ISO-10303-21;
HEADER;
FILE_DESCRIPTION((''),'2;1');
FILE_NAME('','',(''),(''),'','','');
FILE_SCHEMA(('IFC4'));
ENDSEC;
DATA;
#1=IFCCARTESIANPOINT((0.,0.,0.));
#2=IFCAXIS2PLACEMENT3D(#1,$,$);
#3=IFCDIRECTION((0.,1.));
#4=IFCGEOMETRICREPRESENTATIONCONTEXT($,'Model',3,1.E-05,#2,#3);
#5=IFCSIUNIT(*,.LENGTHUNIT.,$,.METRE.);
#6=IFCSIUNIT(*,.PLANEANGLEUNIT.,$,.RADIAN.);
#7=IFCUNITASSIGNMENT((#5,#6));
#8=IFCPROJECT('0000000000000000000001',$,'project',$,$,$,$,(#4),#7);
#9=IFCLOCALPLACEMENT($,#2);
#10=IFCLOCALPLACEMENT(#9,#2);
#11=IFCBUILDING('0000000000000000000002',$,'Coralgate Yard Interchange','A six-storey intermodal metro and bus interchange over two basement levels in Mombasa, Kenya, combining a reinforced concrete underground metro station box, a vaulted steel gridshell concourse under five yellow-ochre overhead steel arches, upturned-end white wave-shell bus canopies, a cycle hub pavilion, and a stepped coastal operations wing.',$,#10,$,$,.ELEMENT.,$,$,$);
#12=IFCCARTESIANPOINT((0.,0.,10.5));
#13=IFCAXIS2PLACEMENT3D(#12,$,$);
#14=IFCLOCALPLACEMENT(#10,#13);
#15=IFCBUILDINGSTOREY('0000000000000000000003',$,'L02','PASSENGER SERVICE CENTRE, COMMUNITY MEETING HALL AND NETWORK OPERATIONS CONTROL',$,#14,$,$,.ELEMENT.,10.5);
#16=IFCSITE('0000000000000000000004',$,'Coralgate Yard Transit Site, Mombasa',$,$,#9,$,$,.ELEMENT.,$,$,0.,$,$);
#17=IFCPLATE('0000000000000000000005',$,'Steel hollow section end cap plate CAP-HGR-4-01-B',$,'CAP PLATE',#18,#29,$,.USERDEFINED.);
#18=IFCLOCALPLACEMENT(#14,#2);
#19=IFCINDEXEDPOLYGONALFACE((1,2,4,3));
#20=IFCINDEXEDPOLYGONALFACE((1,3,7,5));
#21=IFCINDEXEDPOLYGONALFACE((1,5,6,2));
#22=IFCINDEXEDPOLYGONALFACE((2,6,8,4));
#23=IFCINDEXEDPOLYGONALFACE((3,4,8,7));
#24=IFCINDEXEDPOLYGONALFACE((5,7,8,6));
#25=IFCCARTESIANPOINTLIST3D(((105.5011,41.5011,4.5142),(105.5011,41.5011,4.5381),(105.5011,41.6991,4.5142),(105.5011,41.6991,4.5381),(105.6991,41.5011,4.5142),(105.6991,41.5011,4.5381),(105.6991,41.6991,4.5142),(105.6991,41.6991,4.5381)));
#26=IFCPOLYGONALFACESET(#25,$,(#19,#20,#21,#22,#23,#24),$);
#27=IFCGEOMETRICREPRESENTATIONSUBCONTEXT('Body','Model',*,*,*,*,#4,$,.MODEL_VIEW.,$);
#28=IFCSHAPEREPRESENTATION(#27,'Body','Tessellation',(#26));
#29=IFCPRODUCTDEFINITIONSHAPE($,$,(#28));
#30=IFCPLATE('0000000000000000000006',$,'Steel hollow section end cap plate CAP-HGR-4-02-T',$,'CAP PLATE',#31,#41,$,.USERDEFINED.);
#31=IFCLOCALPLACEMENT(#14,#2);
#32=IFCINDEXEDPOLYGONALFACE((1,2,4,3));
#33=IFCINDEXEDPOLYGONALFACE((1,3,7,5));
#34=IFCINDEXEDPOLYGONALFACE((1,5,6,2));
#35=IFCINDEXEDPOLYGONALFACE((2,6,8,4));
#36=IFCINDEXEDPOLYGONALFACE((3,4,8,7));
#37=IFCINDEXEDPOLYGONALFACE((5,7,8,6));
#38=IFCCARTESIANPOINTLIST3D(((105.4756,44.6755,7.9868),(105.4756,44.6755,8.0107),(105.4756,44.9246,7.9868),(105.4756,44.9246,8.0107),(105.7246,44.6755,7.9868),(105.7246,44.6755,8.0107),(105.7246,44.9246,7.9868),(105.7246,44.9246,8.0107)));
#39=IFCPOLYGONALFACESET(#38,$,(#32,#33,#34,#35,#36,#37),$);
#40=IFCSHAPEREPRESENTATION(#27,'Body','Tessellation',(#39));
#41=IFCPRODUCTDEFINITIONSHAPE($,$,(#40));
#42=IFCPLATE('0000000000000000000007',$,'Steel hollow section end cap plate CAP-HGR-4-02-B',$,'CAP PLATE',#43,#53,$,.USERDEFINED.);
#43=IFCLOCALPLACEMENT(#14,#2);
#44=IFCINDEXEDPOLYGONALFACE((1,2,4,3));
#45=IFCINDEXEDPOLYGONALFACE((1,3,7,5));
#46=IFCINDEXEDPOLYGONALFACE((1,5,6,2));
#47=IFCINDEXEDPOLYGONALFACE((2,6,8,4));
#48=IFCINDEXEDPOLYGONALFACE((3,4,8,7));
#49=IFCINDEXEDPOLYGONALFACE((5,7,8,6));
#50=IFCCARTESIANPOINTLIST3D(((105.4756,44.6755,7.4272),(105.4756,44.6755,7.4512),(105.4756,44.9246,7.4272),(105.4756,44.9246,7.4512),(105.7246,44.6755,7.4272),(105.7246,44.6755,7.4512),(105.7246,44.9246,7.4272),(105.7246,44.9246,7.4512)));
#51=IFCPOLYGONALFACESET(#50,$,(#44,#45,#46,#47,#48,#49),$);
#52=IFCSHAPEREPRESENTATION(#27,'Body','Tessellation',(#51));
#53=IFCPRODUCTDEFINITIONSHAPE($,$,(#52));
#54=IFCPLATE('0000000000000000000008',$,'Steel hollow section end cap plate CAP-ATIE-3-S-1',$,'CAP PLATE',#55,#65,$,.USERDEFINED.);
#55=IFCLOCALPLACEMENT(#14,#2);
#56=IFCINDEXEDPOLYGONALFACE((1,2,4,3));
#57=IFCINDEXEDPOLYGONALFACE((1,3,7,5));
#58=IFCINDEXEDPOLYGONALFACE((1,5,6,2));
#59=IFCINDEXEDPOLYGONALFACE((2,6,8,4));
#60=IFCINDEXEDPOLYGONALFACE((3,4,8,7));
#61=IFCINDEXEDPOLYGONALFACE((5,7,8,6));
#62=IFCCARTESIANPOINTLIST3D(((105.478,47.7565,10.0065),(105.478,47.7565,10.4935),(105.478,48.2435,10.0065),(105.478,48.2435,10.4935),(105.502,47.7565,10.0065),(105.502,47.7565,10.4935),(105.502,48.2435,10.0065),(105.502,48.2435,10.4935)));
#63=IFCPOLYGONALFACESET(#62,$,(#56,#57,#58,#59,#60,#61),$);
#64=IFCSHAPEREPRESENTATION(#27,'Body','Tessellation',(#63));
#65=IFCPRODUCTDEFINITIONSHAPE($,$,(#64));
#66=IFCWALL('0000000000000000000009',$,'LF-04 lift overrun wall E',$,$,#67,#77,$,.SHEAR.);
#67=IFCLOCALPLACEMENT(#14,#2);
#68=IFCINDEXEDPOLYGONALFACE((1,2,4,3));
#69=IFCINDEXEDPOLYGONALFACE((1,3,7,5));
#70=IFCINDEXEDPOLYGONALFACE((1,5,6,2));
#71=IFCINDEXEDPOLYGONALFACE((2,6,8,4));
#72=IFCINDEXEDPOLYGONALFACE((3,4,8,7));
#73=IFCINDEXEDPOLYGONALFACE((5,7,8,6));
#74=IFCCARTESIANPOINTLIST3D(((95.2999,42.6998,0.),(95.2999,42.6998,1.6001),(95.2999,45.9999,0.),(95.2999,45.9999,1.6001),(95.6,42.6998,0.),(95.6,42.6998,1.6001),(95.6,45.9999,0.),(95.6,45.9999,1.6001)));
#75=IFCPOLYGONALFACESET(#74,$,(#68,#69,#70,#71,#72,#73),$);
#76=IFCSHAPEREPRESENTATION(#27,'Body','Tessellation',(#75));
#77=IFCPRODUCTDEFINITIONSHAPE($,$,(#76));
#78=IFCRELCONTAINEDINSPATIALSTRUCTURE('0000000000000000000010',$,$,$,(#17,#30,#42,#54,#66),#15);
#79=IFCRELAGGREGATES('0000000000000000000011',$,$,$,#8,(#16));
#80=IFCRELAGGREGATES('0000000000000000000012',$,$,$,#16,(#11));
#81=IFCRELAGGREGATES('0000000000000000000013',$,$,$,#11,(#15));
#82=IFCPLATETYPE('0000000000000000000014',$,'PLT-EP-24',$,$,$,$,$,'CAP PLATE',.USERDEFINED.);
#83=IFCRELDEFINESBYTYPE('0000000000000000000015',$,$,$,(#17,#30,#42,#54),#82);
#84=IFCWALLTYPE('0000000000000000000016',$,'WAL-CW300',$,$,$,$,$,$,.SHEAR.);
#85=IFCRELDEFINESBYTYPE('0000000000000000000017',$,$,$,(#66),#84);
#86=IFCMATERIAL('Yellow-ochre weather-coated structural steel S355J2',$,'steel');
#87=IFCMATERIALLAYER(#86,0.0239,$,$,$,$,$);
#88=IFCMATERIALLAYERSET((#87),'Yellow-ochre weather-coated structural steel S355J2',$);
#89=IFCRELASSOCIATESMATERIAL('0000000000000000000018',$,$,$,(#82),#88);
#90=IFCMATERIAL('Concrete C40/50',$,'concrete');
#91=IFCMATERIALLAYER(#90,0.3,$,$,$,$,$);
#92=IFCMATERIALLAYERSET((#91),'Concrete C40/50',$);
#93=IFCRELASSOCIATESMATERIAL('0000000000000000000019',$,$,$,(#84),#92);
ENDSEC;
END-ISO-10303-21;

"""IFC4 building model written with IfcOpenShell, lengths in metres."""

from ifc_helpers import new_model, si_unit, direction, frame, frame_2d, origin, origin_2d, place, context, subcontext, project, spatial, rectangle, extrude, material, layer, layer_set, type_object, element, save


model = new_model("IFC4")

# Units and contexts
model_context = context("Model", 3, precision=1e-05, world=origin(), true_north=direction((0.0, 1.0)))
body_context = subcontext(model_context, "Body", "Model", "MODEL_VIEW")
ifc_project = project(units=[si_unit("LENGTHUNIT", "METRE"), si_unit("PLANEANGLEUNIT", "RADIAN")], contexts=[model_context])

# Site, building, storey
site_placement = place(None, origin())
site = spatial("IfcSite", under=ifc_project, at=site_placement, Name="Coralgate Yard Transit Site, Mombasa", CompositionType="ELEMENT", RefElevation=0.0)
building_placement = place(site_placement, origin())
building = spatial("IfcBuilding", under=site, at=building_placement, Name="Coralgate Yard Interchange", Description="A six-storey intermodal metro and bus interchange over two basement levels in Mombasa, Kenya, combining a reinforced concrete underground metro station box, a vaulted steel gridshell concourse under five yellow-ochre overhead steel arches, upturned-end white wave-shell bus canopies, a cycle hub pavilion, and a stepped coastal operations wing.", CompositionType="ELEMENT")
storey_placement = place(building_placement, frame((0.0, 0.0, 10.5)))
storey = spatial("IfcBuildingStorey", under=building, at=storey_placement, Name="L02", Description="PASSENGER SERVICE CENTRE, COMMUNITY MEETING HALL AND NETWORK OPERATIONS CONTROL", CompositionType="ELEMENT", Elevation=10.5)

# Shared definitions
ifc_material_1 = material(Name="Yellow-ochre weather-coated structural steel S355J2", Category="steel")

# Plates
ifc_layer_1 = layer(ifc_material_1, 0.0239)
ifc_layer_set_1 = layer_set([ifc_layer_1], Name="Yellow-ochre weather-coated structural steel S355J2")
plate_type = type_object("IfcPlateType", Name="PLT-EP-24", ElementType="CAP PLATE", PredefinedType="USERDEFINED", material=ifc_layer_set_1)
for number, where, z_axis, x_axis, name in (
    (1, (105.6001, 41.6001, 4.5381), (0.0, 0.0, -1.0), (1.0, 0.0, 0.0), "Steel hollow section end cap plate CAP-HGR-4-01-B"),
):
    element("IfcPlate", number, at=place(storey_placement, frame(where, z_axis=z_axis, x_axis=x_axis)), inside=storey, type_object=plate_type, Name=name, ObjectType="CAP PLATE", PredefinedType="USERDEFINED", context=body_context, shape_type="SweptSolid", body=[
        extrude(rectangle(XDim=0.198, YDim=0.198, at=origin_2d()), origin(), (0.0, 0.0, 1.0), 0.0239),
    ])
for number, where, z_axis, x_axis, name in (
    (2, (105.6001, 44.8, 7.9868), (0.0, 0.0, 1.0), (1.0, 0.0, 0.0), "Steel hollow section end cap plate CAP-HGR-4-02-T"),
    (3, (105.6001, 44.8, 7.4512), (0.0, 0.0, -1.0), (1.0, 0.0, 0.0), "Steel hollow section end cap plate CAP-HGR-4-02-B"),
):
    element("IfcPlate", number, at=place(storey_placement, frame(where, z_axis=z_axis, x_axis=x_axis)), inside=storey, type_object=plate_type, Name=name, ObjectType="CAP PLATE", PredefinedType="USERDEFINED", context=body_context, shape_type="SweptSolid", body=[
        extrude(rectangle(XDim=0.249, YDim=0.249, at=origin_2d()), origin(), (0.0, 0.0, 1.0), 0.0239),
    ])
plate_placement = place(storey_placement, frame((105.478, 48.0, 10.25), z_axis=(1.0, 0.0, 0.0), x_axis=(0.0, 1.0, 0.0)))
element("IfcPlate", 4, at=plate_placement, inside=storey, type_object=plate_type, Name="Steel hollow section end cap plate CAP-ATIE-3-S-1", ObjectType="CAP PLATE", PredefinedType="USERDEFINED", context=body_context, shape_type="SweptSolid", body=[
    extrude(rectangle(XDim=0.4871, YDim=0.4871, at=origin_2d()), origin(), (0.0, 0.0, 1.0), 0.0239),
])

# Wall
ifc_material_2 = material(Name="Concrete C40/50", Category="concrete")
ifc_layer_2 = layer(ifc_material_2, 0.3)
ifc_layer_set_2 = layer_set([ifc_layer_2], Name="Concrete C40/50")
wall_type = type_object("IfcWallType", Name="WAL-CW300", PredefinedType="SHEAR", material=ifc_layer_set_2)
wall_placement = place(storey_placement, frame((95.45, 42.7, 0.0), z_axis=(0.0, 0.0, 1.0), x_axis=(0.0, 1.0, 0.0)))
element("IfcWall", 5, at=wall_placement, inside=storey, type_object=wall_type, Name="LF-04 lift overrun wall E", PredefinedType="SHEAR", context=body_context, shape_type="SweptSolid", body=[
    extrude(rectangle(XDim=3.3, YDim=0.3, at=frame_2d((1.6499, 0.0))), origin(), (0.0, 0.0, 1.0), 1.6001),
])

save(model, "model.ifc")
